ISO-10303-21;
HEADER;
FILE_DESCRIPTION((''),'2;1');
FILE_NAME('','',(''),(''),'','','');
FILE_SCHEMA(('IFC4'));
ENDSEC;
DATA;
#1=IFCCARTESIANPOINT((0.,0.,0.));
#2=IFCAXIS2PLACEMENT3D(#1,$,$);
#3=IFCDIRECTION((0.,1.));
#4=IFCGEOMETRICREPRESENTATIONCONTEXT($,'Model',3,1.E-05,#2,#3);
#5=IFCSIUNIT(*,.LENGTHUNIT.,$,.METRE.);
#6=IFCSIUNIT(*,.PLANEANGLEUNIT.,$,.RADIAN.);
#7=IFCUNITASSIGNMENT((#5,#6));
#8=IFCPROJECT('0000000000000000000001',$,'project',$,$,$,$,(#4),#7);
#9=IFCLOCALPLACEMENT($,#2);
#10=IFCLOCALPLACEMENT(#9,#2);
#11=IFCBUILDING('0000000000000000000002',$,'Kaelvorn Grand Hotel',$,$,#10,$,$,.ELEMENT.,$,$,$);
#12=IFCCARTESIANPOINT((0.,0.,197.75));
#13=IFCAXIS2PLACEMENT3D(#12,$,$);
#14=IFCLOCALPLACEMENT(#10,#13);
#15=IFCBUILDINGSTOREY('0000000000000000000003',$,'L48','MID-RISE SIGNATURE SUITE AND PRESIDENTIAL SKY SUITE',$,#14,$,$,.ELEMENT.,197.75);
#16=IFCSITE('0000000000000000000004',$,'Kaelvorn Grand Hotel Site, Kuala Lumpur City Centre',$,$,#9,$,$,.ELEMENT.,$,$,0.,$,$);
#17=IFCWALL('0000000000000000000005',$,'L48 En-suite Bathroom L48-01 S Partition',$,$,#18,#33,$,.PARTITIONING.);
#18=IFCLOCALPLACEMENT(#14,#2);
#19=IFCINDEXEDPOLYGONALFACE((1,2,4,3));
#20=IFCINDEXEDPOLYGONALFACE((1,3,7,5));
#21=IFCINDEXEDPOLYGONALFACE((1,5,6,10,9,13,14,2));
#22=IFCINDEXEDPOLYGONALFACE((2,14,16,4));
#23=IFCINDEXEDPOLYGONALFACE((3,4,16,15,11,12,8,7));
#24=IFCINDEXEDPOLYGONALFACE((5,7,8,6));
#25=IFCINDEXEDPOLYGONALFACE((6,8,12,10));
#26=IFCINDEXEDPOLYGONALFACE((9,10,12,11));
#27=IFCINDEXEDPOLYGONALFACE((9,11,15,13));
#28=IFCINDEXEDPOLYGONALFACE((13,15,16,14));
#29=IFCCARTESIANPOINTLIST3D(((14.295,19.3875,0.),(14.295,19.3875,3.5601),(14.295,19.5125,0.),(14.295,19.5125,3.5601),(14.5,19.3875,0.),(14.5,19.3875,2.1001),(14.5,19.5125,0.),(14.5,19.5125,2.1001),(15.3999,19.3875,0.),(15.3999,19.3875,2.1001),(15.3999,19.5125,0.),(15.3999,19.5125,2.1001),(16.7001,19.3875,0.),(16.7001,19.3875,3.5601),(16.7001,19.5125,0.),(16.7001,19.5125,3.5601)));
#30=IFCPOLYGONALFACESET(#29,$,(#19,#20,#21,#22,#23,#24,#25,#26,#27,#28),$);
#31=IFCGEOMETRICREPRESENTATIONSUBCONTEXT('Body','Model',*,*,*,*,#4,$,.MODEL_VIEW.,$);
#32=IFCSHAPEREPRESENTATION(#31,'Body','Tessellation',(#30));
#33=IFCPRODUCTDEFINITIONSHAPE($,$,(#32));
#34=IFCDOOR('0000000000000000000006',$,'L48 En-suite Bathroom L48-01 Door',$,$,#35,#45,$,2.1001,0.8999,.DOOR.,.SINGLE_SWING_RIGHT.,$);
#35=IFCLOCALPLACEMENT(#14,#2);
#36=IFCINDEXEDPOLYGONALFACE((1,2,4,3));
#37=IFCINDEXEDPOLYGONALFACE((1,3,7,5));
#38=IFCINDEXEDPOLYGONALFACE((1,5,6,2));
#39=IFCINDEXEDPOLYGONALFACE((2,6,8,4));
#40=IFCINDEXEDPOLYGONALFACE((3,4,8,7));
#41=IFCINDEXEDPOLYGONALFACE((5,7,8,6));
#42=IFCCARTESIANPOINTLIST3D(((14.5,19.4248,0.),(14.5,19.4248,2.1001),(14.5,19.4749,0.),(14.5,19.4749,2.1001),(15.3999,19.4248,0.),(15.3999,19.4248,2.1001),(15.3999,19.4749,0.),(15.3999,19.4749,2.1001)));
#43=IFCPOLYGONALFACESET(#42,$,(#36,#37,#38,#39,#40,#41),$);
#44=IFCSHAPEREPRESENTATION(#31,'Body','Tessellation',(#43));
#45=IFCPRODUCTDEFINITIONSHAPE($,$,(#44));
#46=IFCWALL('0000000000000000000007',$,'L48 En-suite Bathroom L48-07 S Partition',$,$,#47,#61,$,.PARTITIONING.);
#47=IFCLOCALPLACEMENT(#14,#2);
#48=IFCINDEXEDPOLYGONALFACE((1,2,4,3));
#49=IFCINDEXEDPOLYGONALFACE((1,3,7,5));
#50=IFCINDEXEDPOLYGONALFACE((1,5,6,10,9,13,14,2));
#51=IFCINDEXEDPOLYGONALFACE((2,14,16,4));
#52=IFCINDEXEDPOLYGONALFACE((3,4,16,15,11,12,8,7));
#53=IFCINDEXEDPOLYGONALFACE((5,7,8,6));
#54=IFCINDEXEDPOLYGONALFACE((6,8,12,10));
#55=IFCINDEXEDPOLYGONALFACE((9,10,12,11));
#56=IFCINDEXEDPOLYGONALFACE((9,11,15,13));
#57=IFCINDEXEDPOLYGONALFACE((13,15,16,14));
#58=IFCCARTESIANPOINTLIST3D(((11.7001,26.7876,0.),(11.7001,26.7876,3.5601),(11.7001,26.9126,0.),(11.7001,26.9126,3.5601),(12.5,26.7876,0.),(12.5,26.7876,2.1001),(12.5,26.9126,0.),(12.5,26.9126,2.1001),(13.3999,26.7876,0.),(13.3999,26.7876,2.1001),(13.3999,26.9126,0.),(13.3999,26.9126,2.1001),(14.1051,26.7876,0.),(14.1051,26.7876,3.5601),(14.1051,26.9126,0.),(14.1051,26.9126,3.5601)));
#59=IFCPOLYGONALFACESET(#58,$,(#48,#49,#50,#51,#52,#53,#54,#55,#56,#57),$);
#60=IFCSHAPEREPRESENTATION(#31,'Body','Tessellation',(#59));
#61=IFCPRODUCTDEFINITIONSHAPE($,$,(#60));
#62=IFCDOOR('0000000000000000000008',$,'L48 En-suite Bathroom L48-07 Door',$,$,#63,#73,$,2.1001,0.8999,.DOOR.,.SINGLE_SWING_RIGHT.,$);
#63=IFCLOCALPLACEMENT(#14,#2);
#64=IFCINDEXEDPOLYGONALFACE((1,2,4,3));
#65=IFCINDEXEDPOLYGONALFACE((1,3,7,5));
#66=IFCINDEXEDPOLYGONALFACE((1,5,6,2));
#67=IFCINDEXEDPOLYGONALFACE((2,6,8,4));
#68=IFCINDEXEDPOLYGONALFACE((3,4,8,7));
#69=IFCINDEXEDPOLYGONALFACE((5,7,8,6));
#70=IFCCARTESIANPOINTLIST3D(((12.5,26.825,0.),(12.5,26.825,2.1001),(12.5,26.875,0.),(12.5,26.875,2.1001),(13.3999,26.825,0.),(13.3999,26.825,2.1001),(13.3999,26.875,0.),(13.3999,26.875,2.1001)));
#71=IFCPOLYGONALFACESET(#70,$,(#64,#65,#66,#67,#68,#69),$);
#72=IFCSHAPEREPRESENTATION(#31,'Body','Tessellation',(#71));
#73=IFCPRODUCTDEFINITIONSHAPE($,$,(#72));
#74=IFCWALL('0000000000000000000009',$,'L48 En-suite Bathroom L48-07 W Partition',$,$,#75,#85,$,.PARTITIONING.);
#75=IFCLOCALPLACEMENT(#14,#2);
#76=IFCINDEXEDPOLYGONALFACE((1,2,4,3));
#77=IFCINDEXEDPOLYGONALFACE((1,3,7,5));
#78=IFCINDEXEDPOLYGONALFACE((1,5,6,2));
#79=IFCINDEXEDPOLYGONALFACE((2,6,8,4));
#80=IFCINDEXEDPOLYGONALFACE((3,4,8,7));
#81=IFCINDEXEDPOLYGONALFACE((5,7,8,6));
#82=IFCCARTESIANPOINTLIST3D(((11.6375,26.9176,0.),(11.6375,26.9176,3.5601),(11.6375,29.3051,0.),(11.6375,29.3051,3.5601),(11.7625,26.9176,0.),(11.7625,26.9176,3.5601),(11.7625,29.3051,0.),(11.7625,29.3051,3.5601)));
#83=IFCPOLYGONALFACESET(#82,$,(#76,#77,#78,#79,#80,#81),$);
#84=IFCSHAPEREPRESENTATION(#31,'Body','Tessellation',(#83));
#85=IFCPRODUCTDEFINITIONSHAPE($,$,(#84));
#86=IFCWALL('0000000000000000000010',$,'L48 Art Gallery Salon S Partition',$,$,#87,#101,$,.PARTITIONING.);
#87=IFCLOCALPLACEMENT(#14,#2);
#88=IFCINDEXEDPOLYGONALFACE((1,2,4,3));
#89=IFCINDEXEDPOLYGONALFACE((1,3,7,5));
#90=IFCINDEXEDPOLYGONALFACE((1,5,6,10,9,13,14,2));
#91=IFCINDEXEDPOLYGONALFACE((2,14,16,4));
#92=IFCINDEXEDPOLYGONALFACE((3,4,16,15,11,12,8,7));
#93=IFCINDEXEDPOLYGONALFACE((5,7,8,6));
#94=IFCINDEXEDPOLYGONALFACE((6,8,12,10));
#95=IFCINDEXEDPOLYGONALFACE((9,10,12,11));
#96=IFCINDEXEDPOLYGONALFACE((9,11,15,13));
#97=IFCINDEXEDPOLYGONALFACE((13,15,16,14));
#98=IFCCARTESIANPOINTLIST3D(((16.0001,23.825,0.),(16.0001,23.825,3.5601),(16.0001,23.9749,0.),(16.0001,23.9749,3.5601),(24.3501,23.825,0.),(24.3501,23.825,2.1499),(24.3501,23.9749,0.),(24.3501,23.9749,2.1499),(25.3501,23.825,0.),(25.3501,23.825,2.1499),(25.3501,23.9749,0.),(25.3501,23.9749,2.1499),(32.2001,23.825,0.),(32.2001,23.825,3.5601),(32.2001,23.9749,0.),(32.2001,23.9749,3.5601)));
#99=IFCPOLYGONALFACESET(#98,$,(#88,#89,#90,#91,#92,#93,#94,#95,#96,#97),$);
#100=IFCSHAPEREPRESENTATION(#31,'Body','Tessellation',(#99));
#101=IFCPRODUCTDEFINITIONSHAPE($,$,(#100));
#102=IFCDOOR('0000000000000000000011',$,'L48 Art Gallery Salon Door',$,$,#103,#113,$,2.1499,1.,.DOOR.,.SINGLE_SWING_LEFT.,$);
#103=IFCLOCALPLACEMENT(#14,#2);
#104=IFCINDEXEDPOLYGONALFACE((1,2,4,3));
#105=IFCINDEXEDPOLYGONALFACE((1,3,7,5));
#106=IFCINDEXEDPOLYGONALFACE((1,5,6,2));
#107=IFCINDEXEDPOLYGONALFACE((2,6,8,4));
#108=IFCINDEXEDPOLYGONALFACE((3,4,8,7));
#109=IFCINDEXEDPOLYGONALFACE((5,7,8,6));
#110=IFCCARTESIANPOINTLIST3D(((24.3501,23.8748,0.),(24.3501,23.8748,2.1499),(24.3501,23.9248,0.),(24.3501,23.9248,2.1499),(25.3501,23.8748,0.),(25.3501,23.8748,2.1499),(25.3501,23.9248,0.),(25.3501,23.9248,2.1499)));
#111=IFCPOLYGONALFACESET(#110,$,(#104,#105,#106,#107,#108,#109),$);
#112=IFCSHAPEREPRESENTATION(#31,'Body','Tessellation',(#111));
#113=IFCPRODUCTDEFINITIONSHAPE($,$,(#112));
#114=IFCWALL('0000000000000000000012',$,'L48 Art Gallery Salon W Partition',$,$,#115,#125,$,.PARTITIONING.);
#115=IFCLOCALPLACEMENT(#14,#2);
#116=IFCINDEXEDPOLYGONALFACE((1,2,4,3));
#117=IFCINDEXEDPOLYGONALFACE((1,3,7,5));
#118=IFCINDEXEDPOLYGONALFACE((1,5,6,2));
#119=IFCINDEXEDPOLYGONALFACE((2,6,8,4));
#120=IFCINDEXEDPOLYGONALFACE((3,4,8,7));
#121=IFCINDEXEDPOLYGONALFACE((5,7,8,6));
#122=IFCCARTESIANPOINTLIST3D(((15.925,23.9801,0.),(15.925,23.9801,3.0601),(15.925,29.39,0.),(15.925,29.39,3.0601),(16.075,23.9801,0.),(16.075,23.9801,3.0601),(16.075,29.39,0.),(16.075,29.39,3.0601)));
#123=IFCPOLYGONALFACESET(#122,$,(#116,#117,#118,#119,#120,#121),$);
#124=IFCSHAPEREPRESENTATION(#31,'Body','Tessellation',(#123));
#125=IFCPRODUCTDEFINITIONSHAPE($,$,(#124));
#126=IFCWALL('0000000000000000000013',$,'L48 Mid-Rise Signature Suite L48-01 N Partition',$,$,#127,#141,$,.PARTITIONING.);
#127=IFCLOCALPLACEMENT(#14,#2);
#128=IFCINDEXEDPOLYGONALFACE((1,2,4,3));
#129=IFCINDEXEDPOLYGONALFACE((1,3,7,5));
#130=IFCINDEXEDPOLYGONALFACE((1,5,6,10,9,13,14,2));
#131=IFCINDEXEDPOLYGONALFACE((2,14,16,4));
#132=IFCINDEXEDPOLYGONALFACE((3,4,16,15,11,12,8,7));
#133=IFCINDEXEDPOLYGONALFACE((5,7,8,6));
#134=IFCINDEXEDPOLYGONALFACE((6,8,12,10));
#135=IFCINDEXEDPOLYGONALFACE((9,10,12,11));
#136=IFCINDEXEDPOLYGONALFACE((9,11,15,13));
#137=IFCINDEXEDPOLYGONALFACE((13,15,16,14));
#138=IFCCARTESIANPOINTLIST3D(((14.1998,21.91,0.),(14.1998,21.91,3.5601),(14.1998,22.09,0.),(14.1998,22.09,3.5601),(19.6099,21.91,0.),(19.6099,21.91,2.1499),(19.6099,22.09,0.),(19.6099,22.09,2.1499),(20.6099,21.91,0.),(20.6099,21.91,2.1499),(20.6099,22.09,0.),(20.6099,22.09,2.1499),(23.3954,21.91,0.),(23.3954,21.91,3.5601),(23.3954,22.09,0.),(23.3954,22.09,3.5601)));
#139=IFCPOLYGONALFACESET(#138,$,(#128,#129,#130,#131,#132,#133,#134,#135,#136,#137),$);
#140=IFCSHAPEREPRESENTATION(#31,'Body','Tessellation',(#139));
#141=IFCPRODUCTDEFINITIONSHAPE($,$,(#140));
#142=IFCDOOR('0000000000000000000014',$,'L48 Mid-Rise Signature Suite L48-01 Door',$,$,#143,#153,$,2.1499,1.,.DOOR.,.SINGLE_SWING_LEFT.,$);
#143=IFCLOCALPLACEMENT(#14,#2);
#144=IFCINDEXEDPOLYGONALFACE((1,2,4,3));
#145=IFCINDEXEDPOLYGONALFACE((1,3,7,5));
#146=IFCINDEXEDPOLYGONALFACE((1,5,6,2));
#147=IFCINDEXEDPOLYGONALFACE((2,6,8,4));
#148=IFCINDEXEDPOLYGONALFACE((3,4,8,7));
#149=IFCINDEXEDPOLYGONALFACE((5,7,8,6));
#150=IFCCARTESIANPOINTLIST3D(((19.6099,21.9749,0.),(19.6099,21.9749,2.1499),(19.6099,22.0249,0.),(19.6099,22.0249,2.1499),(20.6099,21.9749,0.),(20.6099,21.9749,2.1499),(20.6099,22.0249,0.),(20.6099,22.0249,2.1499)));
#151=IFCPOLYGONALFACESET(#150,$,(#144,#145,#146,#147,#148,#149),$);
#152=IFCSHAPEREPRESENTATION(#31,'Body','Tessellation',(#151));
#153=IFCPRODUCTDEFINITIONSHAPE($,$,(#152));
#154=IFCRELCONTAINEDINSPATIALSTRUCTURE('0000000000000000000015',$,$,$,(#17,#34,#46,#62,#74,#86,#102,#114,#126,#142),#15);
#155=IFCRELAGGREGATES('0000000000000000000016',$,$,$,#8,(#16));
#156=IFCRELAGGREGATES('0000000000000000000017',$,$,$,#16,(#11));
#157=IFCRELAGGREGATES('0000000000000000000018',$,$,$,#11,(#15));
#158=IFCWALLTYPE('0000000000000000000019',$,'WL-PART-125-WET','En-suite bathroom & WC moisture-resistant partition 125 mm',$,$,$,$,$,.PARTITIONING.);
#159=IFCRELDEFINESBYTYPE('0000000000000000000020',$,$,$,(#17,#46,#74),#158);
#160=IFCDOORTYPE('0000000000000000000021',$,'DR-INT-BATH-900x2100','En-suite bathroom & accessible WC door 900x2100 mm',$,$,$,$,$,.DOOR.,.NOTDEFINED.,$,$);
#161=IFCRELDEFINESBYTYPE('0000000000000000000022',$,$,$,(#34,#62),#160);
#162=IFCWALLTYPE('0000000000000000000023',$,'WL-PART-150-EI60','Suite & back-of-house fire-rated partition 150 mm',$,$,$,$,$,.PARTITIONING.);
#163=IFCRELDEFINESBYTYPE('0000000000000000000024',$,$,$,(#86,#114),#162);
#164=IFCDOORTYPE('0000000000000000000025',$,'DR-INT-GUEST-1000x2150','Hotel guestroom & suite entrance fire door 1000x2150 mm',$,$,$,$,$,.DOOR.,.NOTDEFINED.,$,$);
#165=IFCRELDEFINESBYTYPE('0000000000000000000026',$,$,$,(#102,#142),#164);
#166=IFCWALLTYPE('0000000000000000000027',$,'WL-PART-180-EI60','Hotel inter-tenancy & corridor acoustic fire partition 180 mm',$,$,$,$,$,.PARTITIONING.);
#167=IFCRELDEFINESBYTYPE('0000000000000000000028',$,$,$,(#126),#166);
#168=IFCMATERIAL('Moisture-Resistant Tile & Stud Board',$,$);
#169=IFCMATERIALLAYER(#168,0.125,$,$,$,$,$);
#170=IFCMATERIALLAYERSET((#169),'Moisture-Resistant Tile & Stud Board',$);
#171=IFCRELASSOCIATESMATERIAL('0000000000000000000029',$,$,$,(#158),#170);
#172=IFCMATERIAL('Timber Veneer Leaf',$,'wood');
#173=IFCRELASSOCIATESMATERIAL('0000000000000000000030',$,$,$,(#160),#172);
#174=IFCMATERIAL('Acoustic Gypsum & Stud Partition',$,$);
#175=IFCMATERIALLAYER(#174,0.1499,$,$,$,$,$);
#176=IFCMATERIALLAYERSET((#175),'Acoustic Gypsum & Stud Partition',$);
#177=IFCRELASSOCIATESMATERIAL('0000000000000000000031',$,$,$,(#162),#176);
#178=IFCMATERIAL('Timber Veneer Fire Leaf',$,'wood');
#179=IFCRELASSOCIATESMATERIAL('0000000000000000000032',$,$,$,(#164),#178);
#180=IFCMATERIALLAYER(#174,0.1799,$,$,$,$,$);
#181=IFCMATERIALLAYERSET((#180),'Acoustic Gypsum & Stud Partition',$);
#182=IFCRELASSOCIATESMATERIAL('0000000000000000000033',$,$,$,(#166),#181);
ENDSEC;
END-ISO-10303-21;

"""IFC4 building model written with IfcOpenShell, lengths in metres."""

from ifc_helpers import new_model, si_unit, direction, frame, frame_2d, origin, place, context, subcontext, project, spatial, rectangle, extrude, material, layer, layer_set, type_object, element, fill, save


model = new_model("IFC4")

# Units and contexts
model_context = context("Model", 3, precision=1e-05, world=origin(), true_north=direction((0.0, 1.0)))
body_context = subcontext(model_context, "Body", "Model", "MODEL_VIEW")
ifc_project = project(units=[si_unit("LENGTHUNIT", "METRE"), si_unit("PLANEANGLEUNIT", "RADIAN")], contexts=[model_context])

# Site, building, storey
site_placement = place(None, origin())
site = spatial("IfcSite", under=ifc_project, at=site_placement, Name="Kaelvorn Grand Hotel Site, Kuala Lumpur City Centre", CompositionType="ELEMENT", RefElevation=0.0)
building_placement = place(site_placement, origin())
building = spatial("IfcBuilding", under=site, at=building_placement, Name="Kaelvorn Grand Hotel", CompositionType="ELEMENT")
storey_placement = place(building_placement, frame((0.0, 0.0, 197.75)))
storey = spatial("IfcBuildingStorey", under=building, at=storey_placement, Name="L48", Description="MID-RISE SIGNATURE SUITE AND PRESIDENTIAL SKY SUITE", CompositionType="ELEMENT", Elevation=197.75)

# Walls, openings, doors
ifc_material_1 = material(Name="Moisture-Resistant Tile & Stud Board")
ifc_layer_1 = layer(ifc_material_1, 0.125)
ifc_layer_set_1 = layer_set([ifc_layer_1], Name="Moisture-Resistant Tile & Stud Board")
wall_type_1 = type_object("IfcWallType", Name="WL-PART-125-WET", Description="En-suite bathroom & WC moisture-resistant partition 125 mm", PredefinedType="PARTITIONING", material=ifc_layer_set_1)
wall_1_placement = place(storey_placement, frame((14.2949, 19.45, 0.0), z_axis=(0.0, 0.0, 1.0), x_axis=(1.0, 0.0, 0.0)))
wall_1 = element("IfcWall", 1, at=wall_1_placement, inside=storey, type_object=wall_type_1, Name="L48 En-suite Bathroom L48-01 S Partition", PredefinedType="PARTITIONING", context=body_context, shape_type="SweptSolid", body=[
    extrude(rectangle(XDim=2.405, YDim=0.125, at=frame_2d((1.2026, 0.0))), origin(), (0.0, 0.0, 1.0), 3.5601),
])
opening_1_placement = place(wall_1_placement, frame((0.2051, 0.0, 0.0)))
opening_1 = element("IfcOpeningElement", 2, at=opening_1_placement, cuts=wall_1, PredefinedType="OPENING", context=body_context, shape_type="SweptSolid", body=[
    extrude(rectangle(XDim=0.8999, YDim=2.1001, at=frame_2d((0.45, 1.05))), frame((0.0, 0.0725, 0.0), z_axis=(0.0, -1.0, 0.0), x_axis=(1.0, 0.0, 0.0)), (0.0, 0.0, 1.0), 0.145),
])
ifc_material_2 = material(Name="Timber Veneer Leaf", Category="wood")
door_type_1 = type_object("IfcDoorType", Name="DR-INT-BATH-900x2100", Description="En-suite bathroom & accessible WC door 900x2100 mm", OperationType="NOTDEFINED", PredefinedType="DOOR", material=ifc_material_2)
door_1_placement = place(opening_1_placement, origin())
door_1 = element("IfcDoor", 3, at=door_1_placement, inside=storey, type_object=door_type_1, Name="L48 En-suite Bathroom L48-01 Door", OperationType="SINGLE_SWING_RIGHT", OverallHeight=2.1001, OverallWidth=0.8999, PredefinedType="DOOR", context=body_context, shape_type="SweptSolid", body=[
    extrude(rectangle(XDim=0.8999, YDim=2.1001, at=frame_2d((0.45, 1.05))), frame((0.0, 0.0249, 0.0), z_axis=(0.0, -1.0, 0.0), x_axis=(1.0, 0.0, 0.0)), (0.0, 0.0, 1.0), 0.05),
])
fill(opening_1, door_1)
wall_2_placement = place(storey_placement, frame((11.7, 26.8501, 0.0), z_axis=(0.0, 0.0, 1.0), x_axis=(1.0, 0.0, 0.0)))
wall_2 = element("IfcWall", 4, at=wall_2_placement, inside=storey, type_object=wall_type_1, Name="L48 En-suite Bathroom L48-07 S Partition", PredefinedType="PARTITIONING", context=body_context, shape_type="SweptSolid", body=[
    extrude(rectangle(XDim=2.405, YDim=0.125, at=frame_2d((1.2026, 0.0))), origin(), (0.0, 0.0, 1.0), 3.5601),
])
opening_2_placement = place(wall_2_placement, frame((0.8, 0.0, 0.0)))
opening_2 = element("IfcOpeningElement", 5, at=opening_2_placement, cuts=wall_2, PredefinedType="OPENING", context=body_context, shape_type="SweptSolid", body=[
    extrude(rectangle(XDim=0.8999, YDim=2.1001, at=frame_2d((0.45, 1.05))), frame((0.0, 0.0725, 0.0), z_axis=(0.0, -1.0, 0.0), x_axis=(1.0, 0.0, 0.0)), (0.0, 0.0, 1.0), 0.145),
])
door_2_placement = place(opening_2_placement, origin())
door_2 = element("IfcDoor", 6, at=door_2_placement, inside=storey, type_object=door_type_1, Name="L48 En-suite Bathroom L48-07 Door", OperationType="SINGLE_SWING_RIGHT", OverallHeight=2.1001, OverallWidth=0.8999, PredefinedType="DOOR", context=body_context, shape_type="SweptSolid", body=[
    extrude(rectangle(XDim=0.8999, YDim=2.1001, at=frame_2d((0.45, 1.05))), frame((0.0, 0.0249, 0.0), z_axis=(0.0, -1.0, 0.0), x_axis=(1.0, 0.0, 0.0)), (0.0, 0.0, 1.0), 0.05),
])
fill(opening_2, door_2)

# Wall
wall_3_placement = place(storey_placement, frame((11.7, 26.9175, 0.0), z_axis=(0.0, 0.0, 1.0), x_axis=(0.0, 1.0, 0.0)))
element("IfcWall", 7, at=wall_3_placement, inside=storey, type_object=wall_type_1, Name="L48 En-suite Bathroom L48-07 W Partition", PredefinedType="PARTITIONING", context=body_context, shape_type="SweptSolid", body=[
    extrude(rectangle(XDim=2.3875, YDim=0.125, at=frame_2d((1.1938, 0.0))), origin(), (0.0, 0.0, 1.0), 3.5601),
])

# Wall, opening, door
ifc_material_3 = material(Name="Acoustic Gypsum & Stud Partition")
ifc_layer_2 = layer(ifc_material_3, 0.1499)
ifc_layer_set_2 = layer_set([ifc_layer_2], Name="Acoustic Gypsum & Stud Partition")
wall_type_2 = type_object("IfcWallType", Name="WL-PART-150-EI60", Description="Suite & back-of-house fire-rated partition 150 mm", PredefinedType="PARTITIONING", material=ifc_layer_set_2)
wall_4_placement = place(storey_placement, frame((16.0, 23.8999, 0.0), z_axis=(0.0, 0.0, 1.0), x_axis=(1.0, 0.0, 0.0)))
wall_4 = element("IfcWall", 8, at=wall_4_placement, inside=storey, type_object=wall_type_2, Name="L48 Art Gallery Salon S Partition", PredefinedType="PARTITIONING", context=body_context, shape_type="SweptSolid", body=[
    extrude(rectangle(XDim=16.2, YDim=0.1499, at=frame_2d((8.1001, 0.0))), origin(), (0.0, 0.0, 1.0), 3.5601),
])
opening_3_placement = place(wall_4_placement, frame((8.3501, 0.0, 0.0)))
opening_3 = element("IfcOpeningElement", 9, at=opening_3_placement, cuts=wall_4, PredefinedType="OPENING", context=body_context, shape_type="SweptSolid", body=[
    extrude(rectangle(XDim=1.0, YDim=2.1499, at=frame_2d((0.5, 1.075))), frame((0.0, 0.085, 0.0), z_axis=(0.0, -1.0, 0.0), x_axis=(1.0, 0.0, 0.0)), (0.0, 0.0, 1.0), 0.1699),
])
ifc_material_4 = material(Name="Timber Veneer Fire Leaf", Category="wood")
door_type_2 = type_object("IfcDoorType", Name="DR-INT-GUEST-1000x2150", Description="Hotel guestroom & suite entrance fire door 1000x2150 mm", OperationType="NOTDEFINED", PredefinedType="DOOR", material=ifc_material_4)
door_3_placement = place(opening_3_placement, origin())
door_3 = element("IfcDoor", 10, at=door_3_placement, inside=storey, type_object=door_type_2, Name="L48 Art Gallery Salon Door", OperationType="SINGLE_SWING_LEFT", OverallHeight=2.1499, OverallWidth=1.0, PredefinedType="DOOR", context=body_context, shape_type="SweptSolid", body=[
    extrude(rectangle(XDim=1.0, YDim=2.1499, at=frame_2d((0.5, 1.075))), frame((0.0, 0.0249, 0.0), z_axis=(0.0, -1.0, 0.0), x_axis=(1.0, 0.0, 0.0)), (0.0, 0.0, 1.0), 0.05),
])
fill(opening_3, door_3)

# Wall
wall_5_placement = place(storey_placement, frame((16.0, 23.98, 0.0), z_axis=(0.0, 0.0, 1.0), x_axis=(0.0, 1.0, 0.0)))
element("IfcWall", 11, at=wall_5_placement, inside=storey, type_object=wall_type_2, Name="L48 Art Gallery Salon W Partition", PredefinedType="PARTITIONING", context=body_context, shape_type="SweptSolid", body=[
    extrude(rectangle(XDim=5.4099, YDim=0.1499, at=frame_2d((2.7051, 0.0))), origin(), (0.0, 0.0, 1.0), 3.0601),
])

# Wall, opening, door
ifc_layer_3 = layer(ifc_material_3, 0.1799)
ifc_layer_set_3 = layer_set([ifc_layer_3], Name="Acoustic Gypsum & Stud Partition")
wall_type_3 = type_object("IfcWallType", Name="WL-PART-180-EI60", Description="Hotel inter-tenancy & corridor acoustic fire partition 180 mm", PredefinedType="PARTITIONING", material=ifc_layer_set_3)
wall_6_placement = place(storey_placement, frame((14.2, 22.0, 0.0), z_axis=(0.0, 0.0, 1.0), x_axis=(1.0, 0.0, 0.0)))
wall_6 = element("IfcWall", 12, at=wall_6_placement, inside=storey, type_object=wall_type_3, Name="L48 Mid-Rise Signature Suite L48-01 N Partition", PredefinedType="PARTITIONING", context=body_context, shape_type="SweptSolid", body=[
    extrude(rectangle(XDim=9.1956, YDim=0.1799, at=frame_2d((4.5977, 0.0))), origin(), (0.0, 0.0, 1.0), 3.5601),
])
opening_4_placement = place(wall_6_placement, frame((5.4099, 0.0, 0.0)))
opening_4 = element("IfcOpeningElement", 13, at=opening_4_placement, cuts=wall_6, PredefinedType="OPENING", context=body_context, shape_type="SweptSolid", body=[
    extrude(rectangle(XDim=1.0, YDim=2.1499, at=frame_2d((0.5, 1.075))), frame((0.0, 0.1001, 0.0), z_axis=(0.0, -1.0, 0.0), x_axis=(1.0, 0.0, 0.0)), (0.0, 0.0, 1.0), 0.2),
])
door_4_placement = place(opening_4_placement, origin())
door_4 = element("IfcDoor", 14, at=door_4_placement, inside=storey, type_object=door_type_2, Name="L48 Mid-Rise Signature Suite L48-01 Door", OperationType="SINGLE_SWING_LEFT", OverallHeight=2.1499, OverallWidth=1.0, PredefinedType="DOOR", context=body_context, shape_type="SweptSolid", body=[
    extrude(rectangle(XDim=1.0, YDim=2.1499, at=frame_2d((0.5, 1.075))), frame((0.0, 0.0249, 0.0), z_axis=(0.0, -1.0, 0.0), x_axis=(1.0, 0.0, 0.0)), (0.0, 0.0, 1.0), 0.05),
])
fill(opening_4, door_4)

save(model, "model.ifc")
